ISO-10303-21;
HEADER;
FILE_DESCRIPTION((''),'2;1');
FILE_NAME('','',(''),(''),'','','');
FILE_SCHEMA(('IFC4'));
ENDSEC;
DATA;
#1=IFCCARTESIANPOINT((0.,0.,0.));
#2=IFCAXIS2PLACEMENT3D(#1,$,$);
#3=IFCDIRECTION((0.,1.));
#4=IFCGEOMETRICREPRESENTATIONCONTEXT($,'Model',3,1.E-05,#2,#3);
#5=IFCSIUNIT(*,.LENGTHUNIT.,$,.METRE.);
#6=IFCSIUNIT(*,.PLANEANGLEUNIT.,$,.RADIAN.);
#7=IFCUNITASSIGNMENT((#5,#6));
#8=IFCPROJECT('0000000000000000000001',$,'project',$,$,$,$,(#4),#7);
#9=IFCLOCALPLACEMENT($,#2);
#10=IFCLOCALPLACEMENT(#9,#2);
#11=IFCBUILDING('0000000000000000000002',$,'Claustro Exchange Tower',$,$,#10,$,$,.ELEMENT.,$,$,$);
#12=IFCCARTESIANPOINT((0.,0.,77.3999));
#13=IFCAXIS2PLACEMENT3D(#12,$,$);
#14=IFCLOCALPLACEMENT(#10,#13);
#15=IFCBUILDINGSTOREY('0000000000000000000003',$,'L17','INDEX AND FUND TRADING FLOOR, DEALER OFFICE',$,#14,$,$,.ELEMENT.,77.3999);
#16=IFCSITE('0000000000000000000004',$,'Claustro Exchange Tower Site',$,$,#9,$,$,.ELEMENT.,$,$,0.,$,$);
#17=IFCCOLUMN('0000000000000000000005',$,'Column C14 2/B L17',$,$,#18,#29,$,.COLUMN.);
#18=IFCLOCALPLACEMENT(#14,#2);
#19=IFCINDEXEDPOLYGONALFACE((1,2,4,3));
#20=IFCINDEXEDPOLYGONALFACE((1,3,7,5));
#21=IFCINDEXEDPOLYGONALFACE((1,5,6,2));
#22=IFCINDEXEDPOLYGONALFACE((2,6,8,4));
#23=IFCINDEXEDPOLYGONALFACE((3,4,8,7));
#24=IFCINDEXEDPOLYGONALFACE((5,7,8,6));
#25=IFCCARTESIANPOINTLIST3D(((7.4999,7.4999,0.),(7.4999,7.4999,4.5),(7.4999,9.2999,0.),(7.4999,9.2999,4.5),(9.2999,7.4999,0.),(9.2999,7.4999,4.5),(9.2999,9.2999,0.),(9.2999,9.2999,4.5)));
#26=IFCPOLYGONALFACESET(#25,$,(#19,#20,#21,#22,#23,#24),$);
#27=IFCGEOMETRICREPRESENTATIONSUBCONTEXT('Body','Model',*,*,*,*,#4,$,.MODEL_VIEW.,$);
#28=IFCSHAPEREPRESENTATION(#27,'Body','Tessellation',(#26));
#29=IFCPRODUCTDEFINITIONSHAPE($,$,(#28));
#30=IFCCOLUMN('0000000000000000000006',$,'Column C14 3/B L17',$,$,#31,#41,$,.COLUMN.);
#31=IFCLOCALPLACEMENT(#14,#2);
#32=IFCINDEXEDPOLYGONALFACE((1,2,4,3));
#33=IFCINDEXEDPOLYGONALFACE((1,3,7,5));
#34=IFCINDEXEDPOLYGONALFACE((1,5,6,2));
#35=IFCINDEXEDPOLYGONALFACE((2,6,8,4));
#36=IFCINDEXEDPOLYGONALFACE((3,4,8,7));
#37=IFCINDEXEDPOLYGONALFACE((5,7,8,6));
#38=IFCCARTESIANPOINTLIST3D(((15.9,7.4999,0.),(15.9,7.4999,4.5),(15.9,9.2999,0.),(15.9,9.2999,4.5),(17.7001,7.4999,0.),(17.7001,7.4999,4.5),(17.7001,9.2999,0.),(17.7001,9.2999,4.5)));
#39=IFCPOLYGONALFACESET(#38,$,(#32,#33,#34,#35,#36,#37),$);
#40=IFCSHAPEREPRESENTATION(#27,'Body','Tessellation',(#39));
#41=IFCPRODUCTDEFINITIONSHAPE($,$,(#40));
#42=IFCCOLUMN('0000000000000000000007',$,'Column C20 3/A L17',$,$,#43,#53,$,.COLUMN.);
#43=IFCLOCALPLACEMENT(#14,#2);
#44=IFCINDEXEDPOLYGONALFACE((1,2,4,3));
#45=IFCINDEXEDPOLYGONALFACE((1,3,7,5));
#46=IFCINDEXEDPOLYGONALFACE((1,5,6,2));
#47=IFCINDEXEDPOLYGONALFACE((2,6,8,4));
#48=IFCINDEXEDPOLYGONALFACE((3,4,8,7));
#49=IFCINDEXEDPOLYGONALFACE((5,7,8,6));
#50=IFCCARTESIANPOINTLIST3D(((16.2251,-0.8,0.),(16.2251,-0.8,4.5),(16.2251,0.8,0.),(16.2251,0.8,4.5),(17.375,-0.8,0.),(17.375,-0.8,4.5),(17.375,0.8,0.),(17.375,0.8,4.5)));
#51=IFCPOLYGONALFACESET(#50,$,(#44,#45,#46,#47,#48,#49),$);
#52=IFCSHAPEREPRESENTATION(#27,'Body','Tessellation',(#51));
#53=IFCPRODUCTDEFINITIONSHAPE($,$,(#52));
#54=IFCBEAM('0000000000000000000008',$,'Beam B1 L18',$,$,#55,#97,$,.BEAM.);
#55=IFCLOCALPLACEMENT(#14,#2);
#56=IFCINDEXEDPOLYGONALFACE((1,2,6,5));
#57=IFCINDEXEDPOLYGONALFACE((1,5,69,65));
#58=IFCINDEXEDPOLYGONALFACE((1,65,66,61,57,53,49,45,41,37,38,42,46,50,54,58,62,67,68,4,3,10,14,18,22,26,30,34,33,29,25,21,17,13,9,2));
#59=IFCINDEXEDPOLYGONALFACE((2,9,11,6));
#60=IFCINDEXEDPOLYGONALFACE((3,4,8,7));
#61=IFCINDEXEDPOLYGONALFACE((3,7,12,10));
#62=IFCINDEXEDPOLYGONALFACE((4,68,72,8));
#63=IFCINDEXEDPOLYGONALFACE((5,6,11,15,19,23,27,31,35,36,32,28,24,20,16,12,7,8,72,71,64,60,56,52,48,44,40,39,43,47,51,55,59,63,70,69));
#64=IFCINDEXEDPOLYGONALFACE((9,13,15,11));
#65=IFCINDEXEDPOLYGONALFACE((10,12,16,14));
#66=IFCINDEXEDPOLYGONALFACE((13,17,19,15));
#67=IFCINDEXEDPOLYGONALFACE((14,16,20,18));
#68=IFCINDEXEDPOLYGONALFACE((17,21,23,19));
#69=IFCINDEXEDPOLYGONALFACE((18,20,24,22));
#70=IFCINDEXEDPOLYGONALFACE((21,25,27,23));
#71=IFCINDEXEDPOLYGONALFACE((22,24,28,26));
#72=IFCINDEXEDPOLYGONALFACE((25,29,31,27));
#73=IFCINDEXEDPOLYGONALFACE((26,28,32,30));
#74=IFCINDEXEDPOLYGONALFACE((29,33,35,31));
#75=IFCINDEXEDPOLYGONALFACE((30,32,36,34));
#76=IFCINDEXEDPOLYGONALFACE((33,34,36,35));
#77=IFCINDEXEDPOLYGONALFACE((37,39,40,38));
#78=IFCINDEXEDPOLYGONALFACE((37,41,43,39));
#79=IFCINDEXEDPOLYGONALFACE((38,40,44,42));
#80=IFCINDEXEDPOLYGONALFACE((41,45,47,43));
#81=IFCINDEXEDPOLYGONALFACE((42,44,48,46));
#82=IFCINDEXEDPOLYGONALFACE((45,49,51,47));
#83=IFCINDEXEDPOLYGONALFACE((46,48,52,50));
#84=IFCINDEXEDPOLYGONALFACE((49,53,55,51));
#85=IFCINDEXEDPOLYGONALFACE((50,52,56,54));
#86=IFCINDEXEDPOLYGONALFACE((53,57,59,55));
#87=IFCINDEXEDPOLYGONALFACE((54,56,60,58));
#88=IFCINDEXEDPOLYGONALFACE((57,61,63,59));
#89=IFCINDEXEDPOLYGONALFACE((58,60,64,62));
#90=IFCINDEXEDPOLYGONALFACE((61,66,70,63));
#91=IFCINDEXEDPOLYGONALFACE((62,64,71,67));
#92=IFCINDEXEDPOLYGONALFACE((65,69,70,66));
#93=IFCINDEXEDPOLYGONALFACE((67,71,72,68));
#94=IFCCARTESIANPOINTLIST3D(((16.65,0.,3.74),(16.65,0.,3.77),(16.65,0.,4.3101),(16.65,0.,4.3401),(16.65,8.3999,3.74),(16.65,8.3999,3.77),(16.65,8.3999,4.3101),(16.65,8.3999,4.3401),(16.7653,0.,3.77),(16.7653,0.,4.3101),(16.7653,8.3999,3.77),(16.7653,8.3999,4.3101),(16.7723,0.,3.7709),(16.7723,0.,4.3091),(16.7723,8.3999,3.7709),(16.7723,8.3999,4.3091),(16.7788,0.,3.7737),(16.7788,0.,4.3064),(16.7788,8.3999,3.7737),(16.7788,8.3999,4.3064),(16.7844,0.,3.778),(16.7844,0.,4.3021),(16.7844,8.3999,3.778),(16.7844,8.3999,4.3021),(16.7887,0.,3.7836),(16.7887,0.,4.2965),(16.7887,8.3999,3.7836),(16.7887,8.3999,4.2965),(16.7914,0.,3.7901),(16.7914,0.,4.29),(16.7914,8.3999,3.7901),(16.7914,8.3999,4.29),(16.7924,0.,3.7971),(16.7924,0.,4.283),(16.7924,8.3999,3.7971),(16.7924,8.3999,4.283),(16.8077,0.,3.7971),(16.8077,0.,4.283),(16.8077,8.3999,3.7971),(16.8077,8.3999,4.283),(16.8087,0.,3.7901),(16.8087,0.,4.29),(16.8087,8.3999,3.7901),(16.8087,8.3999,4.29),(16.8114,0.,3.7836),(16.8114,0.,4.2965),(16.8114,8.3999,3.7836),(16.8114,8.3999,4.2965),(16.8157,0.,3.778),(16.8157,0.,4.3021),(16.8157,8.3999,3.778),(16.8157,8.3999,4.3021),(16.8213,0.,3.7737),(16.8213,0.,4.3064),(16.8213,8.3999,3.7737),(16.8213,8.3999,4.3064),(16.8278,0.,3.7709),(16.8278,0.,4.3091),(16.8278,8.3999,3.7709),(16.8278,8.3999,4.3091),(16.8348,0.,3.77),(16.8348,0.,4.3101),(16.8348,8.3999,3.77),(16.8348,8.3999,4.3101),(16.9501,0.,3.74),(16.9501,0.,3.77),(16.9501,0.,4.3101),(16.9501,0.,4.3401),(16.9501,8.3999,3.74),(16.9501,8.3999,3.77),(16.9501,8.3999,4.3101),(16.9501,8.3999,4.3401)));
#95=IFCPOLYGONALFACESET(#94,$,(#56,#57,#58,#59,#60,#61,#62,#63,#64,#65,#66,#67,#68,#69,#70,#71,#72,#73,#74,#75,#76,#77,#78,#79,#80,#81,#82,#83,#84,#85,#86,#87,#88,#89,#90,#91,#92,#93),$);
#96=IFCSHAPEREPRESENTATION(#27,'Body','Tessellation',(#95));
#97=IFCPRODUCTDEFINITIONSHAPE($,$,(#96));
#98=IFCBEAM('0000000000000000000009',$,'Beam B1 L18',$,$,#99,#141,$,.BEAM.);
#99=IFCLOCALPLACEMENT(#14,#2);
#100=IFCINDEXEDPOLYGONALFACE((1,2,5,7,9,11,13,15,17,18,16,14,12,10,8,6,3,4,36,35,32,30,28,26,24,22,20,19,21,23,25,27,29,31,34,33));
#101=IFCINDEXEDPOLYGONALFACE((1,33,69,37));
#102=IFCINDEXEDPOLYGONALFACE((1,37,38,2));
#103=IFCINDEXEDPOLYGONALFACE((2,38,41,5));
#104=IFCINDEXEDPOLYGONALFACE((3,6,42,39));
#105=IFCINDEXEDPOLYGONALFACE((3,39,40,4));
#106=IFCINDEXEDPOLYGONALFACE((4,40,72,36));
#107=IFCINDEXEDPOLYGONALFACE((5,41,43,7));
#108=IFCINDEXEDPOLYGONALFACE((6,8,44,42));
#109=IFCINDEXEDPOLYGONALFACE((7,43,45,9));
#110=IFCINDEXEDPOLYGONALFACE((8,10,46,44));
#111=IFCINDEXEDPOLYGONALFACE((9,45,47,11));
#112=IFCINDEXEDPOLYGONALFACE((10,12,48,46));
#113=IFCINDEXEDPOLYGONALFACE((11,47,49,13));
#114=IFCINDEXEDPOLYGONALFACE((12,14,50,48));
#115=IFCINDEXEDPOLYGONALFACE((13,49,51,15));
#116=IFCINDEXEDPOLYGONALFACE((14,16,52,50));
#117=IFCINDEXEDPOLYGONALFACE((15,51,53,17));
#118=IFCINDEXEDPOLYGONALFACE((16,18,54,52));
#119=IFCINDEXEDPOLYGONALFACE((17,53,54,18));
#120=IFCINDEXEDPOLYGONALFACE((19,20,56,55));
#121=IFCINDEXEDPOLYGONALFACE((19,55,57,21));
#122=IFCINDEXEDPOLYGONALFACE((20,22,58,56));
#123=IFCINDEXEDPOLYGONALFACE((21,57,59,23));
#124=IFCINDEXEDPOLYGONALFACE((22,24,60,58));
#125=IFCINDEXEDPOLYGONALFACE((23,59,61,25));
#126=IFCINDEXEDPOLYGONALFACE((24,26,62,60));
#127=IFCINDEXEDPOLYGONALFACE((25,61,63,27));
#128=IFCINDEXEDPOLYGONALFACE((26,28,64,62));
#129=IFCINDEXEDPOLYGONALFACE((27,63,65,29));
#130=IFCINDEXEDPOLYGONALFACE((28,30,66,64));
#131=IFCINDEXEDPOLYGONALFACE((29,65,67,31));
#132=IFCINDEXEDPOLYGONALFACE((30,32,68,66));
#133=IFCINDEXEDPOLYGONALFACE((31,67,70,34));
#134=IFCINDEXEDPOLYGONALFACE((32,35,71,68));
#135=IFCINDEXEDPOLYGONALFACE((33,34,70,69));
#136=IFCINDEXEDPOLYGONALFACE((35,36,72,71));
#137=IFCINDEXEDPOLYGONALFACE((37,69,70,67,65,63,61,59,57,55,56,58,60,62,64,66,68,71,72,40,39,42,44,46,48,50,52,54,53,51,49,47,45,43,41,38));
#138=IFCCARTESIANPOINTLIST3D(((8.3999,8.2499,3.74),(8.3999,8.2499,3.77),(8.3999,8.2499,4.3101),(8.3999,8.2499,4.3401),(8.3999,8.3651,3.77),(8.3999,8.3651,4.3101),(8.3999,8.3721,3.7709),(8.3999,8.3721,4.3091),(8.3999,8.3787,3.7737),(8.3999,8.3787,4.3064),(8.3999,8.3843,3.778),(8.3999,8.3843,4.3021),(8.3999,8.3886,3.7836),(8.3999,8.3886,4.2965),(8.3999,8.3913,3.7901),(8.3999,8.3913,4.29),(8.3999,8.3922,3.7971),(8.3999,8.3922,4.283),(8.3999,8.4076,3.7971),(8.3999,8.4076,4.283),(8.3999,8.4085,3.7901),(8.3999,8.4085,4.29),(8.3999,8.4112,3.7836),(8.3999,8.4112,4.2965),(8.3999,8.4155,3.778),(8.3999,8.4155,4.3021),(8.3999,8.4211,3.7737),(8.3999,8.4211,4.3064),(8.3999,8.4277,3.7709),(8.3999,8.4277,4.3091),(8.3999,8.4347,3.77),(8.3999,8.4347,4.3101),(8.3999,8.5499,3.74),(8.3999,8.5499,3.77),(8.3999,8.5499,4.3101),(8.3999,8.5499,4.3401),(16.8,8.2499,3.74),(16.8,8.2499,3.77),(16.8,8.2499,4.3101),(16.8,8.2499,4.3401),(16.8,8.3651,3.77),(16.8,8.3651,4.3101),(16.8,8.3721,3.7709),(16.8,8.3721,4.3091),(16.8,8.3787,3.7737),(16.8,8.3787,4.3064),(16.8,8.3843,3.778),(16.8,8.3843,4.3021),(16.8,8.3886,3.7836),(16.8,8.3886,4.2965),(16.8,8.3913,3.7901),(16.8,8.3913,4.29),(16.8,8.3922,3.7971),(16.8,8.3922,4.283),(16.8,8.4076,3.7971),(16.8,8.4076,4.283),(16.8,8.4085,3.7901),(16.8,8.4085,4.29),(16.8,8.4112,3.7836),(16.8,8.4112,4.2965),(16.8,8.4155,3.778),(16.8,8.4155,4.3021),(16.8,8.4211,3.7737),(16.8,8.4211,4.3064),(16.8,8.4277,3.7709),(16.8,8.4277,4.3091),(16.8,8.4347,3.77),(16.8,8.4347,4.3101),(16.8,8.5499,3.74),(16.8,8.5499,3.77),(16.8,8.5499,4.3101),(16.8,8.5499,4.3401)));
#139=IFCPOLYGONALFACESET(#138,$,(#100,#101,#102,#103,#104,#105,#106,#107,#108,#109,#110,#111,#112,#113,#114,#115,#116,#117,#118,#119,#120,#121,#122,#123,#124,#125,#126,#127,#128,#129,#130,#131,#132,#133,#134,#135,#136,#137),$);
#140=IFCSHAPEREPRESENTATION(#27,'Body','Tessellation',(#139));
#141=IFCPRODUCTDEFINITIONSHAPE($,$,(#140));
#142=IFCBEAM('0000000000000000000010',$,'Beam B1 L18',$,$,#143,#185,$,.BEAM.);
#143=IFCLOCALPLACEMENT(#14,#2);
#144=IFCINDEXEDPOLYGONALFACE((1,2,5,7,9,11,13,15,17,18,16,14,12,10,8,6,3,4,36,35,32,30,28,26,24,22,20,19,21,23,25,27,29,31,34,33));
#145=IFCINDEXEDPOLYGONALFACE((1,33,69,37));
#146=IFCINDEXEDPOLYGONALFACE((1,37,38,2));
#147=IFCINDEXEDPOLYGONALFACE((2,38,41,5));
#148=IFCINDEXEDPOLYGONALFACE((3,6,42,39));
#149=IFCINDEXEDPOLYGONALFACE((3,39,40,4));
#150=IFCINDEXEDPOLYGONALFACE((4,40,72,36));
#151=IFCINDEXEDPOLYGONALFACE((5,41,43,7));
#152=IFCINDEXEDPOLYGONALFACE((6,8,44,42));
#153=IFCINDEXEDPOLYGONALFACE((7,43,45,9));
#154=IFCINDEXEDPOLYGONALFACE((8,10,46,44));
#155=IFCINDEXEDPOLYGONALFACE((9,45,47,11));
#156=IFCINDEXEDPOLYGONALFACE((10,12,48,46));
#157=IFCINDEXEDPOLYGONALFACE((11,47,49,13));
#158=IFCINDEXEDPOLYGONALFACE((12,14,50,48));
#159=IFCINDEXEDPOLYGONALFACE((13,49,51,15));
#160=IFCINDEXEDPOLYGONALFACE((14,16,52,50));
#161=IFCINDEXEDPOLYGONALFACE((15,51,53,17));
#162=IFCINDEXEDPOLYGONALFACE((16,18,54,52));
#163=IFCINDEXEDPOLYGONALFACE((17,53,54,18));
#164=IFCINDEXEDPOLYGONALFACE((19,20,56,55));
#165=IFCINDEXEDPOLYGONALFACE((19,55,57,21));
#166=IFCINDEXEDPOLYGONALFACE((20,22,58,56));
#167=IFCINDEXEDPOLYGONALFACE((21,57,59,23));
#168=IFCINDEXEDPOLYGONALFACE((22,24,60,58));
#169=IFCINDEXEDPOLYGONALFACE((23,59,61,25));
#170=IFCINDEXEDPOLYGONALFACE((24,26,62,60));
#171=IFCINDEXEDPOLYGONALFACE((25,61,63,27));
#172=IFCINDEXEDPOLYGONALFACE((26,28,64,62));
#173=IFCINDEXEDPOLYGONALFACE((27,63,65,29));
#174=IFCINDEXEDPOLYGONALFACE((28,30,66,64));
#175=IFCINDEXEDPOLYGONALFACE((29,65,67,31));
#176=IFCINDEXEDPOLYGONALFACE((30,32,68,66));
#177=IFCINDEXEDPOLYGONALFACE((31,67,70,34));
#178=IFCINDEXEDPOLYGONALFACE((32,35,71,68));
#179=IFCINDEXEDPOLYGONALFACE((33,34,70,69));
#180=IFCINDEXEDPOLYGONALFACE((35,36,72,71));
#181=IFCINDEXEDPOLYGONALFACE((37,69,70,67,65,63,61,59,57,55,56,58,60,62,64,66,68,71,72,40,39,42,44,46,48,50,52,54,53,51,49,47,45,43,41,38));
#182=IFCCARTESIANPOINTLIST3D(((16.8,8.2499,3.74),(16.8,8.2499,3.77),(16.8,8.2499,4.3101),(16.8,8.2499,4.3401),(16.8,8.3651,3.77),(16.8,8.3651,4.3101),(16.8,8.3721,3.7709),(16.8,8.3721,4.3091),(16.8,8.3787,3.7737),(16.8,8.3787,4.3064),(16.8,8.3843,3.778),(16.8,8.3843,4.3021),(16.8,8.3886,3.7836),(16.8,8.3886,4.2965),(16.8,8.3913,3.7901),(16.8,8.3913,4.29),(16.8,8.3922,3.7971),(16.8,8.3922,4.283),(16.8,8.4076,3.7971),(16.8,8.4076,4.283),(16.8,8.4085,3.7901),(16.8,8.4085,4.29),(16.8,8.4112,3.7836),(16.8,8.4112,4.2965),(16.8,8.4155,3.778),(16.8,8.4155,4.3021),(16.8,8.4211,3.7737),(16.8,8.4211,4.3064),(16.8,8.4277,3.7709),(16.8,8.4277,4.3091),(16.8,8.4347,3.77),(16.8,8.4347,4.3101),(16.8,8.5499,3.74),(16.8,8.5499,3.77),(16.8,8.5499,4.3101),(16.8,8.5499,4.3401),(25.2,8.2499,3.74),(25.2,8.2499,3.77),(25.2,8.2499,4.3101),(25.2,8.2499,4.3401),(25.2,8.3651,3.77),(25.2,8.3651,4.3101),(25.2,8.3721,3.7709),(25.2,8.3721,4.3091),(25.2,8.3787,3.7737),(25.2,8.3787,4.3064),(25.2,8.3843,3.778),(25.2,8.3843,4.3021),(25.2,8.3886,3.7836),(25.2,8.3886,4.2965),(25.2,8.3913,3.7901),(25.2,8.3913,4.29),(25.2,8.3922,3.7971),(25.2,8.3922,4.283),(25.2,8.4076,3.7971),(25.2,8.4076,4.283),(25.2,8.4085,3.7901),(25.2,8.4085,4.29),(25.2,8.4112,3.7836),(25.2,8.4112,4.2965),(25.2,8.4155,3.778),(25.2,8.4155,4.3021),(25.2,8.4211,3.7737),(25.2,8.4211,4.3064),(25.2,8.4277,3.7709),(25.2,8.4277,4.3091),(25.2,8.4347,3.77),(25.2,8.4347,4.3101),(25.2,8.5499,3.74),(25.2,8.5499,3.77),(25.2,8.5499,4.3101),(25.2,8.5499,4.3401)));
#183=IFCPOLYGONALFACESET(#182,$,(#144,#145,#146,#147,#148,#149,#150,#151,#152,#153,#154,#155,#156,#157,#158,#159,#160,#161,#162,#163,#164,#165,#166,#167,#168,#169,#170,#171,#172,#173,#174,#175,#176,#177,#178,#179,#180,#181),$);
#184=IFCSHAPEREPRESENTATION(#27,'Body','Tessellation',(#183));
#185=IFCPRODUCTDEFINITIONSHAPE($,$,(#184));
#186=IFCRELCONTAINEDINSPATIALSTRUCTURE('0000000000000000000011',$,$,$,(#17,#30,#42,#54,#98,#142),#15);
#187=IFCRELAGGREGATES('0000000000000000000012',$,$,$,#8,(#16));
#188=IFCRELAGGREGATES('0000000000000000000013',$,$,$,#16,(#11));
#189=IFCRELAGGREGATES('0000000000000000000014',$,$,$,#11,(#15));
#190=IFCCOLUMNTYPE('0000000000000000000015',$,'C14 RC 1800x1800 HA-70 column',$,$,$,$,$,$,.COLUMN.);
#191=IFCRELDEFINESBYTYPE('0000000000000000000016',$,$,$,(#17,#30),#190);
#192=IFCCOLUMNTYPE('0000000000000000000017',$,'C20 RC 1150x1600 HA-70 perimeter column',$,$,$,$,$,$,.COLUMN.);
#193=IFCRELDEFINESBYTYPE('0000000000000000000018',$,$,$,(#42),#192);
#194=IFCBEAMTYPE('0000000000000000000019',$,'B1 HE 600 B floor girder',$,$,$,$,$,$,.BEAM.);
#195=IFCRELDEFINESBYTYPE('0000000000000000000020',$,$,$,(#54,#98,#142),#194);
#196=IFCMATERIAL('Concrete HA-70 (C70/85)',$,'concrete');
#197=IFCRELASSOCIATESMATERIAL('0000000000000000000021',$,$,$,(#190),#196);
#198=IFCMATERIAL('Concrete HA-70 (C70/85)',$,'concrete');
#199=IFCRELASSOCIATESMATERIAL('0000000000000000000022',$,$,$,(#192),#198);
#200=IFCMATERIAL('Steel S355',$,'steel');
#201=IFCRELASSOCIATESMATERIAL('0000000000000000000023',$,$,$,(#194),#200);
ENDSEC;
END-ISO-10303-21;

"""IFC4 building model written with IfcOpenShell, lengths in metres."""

from ifc_helpers import new_model, si_unit, direction, frame, origin, origin_2d, place, context, subcontext, project, spatial, rectangle, i_section, extrude, material, material_profile, profile_set, type_object, element, save


model = new_model("IFC4")

# Units and contexts
model_context = context("Model", 3, precision=1e-05, world=origin(), true_north=direction((0.0, 1.0)))
body_context = subcontext(model_context, "Body", "Model", "MODEL_VIEW")
ifc_project = project(units=[si_unit("LENGTHUNIT", "METRE"), si_unit("PLANEANGLEUNIT", "RADIAN")], contexts=[model_context])

# Site, building, storey
site_placement = place(None, origin())
site = spatial("IfcSite", under=ifc_project, at=site_placement, Name="Claustro Exchange Tower Site", CompositionType="ELEMENT", RefElevation=0.0)
building_placement = place(site_placement, origin())
building = spatial("IfcBuilding", under=site, at=building_placement, Name="Claustro Exchange Tower", CompositionType="ELEMENT")
storey_placement = place(building_placement, frame((0.0, 0.0, 77.3999)))
storey = spatial("IfcBuildingStorey", under=building, at=storey_placement, Name="L17", Description="INDEX AND FUND TRADING FLOOR, DEALER OFFICE", CompositionType="ELEMENT", Elevation=77.3999)

# Columns
ifc_material_1 = material(Name="Concrete HA-70 (C70/85)", Category="concrete")
ifc_material_profile_1 = material_profile(ifc_material_1, rectangle(XDim=1.8, YDim=1.8, at=origin_2d()), Name="RC 1800x1800")
ifc_profile_set_1 = profile_set([ifc_material_profile_1], Name="Concrete HA-70 (C70/85)")
column_type_1 = type_object("IfcColumnType", Name="C14 RC 1800x1800 HA-70 column", PredefinedType="COLUMN", material=ifc_profile_set_1)
for number, where, z_axis, x_axis, name in (
    (1, (8.3999, 8.3999, 0.0), (0.0, 0.0, 1.0), (1.0, 0.0, 0.0), "Column C14 2/B L17"),
    (2, (16.8, 8.3999, 0.0), (0.0, 0.0, 1.0), (1.0, 0.0, 0.0), "Column C14 3/B L17"),
):
    element("IfcColumn", number, at=place(storey_placement, frame(where, z_axis=z_axis, x_axis=x_axis)), inside=storey, type_object=column_type_1, Name=name, PredefinedType="COLUMN", context=body_context, shape_type="SweptSolid", body=[
        extrude(rectangle(XDim=1.8, YDim=1.8, at=origin_2d()), origin(), (0.0, 0.0, 1.0), 4.5),
    ])
ifc_material_2 = material(Name="Concrete HA-70 (C70/85)", Category="concrete")
ifc_material_profile_2 = material_profile(ifc_material_2, rectangle(XDim=1.1499, YDim=1.6001, at=origin_2d()), Name="RC 1150x1600")
ifc_profile_set_2 = profile_set([ifc_material_profile_2], Name="Concrete HA-70 (C70/85)")
column_type_2 = type_object("IfcColumnType", Name="C20 RC 1150x1600 HA-70 perimeter column", PredefinedType="COLUMN", material=ifc_profile_set_2)
column_placement = place(storey_placement, frame((16.8, 0.0, 0.0), z_axis=(0.0, 0.0, 1.0), x_axis=(1.0, 0.0, 0.0)))
element("IfcColumn", 3, at=column_placement, inside=storey, type_object=column_type_2, Name="Column C20 3/A L17", PredefinedType="COLUMN", context=body_context, shape_type="SweptSolid", body=[
    extrude(rectangle(XDim=1.1499, YDim=1.6001, at=origin_2d()), origin(), (0.0, 0.0, 1.0), 4.5),
])

# Beams
ifc_material_3 = material(Name="Steel S355", Category="steel")
ifc_material_profile_3 = material_profile(ifc_material_3, i_section(OverallWidth=0.3, OverallDepth=0.6001, WebThickness=0.0154, FlangeThickness=0.03, FilletRadius=0.0271, at=origin_2d()), Name="HE 600 B")
ifc_profile_set_3 = profile_set([ifc_material_profile_3], Name="Steel S355")
beam_type_1 = type_object("IfcBeamType", Name="B1 HE 600 B floor girder", PredefinedType="BEAM", material=ifc_profile_set_3)
beam_1_placement = place(storey_placement, frame((16.8, 0.0, 4.04), z_axis=(0.0, 1.0, 0.0), x_axis=(-1.0, 0.0, 0.0)))
element("IfcBeam", 4, at=beam_1_placement, inside=storey, type_object=beam_type_1, Name="Beam B1 L18", PredefinedType="BEAM", context=body_context, shape_type="SweptSolid", body=[
    extrude(i_section(OverallWidth=0.3, OverallDepth=0.6001, WebThickness=0.0154, FlangeThickness=0.03, FilletRadius=0.0271, at=origin_2d()), origin(), (0.0, 0.0, 1.0), 8.3999),
])
beam_2_placement = place(storey_placement, frame((8.3999, 8.3999, 4.04), z_axis=(1.0, 0.0, 0.0), x_axis=(0.0, 1.0, 0.0)))
element("IfcBeam", 5, at=beam_2_placement, inside=storey, type_object=beam_type_1, Name="Beam B1 L18", PredefinedType="BEAM", context=body_context, shape_type="SweptSolid", body=[
    extrude(i_section(OverallWidth=0.3, OverallDepth=0.6001, WebThickness=0.0154, FlangeThickness=0.03, FilletRadius=0.0271, at=origin_2d()), origin(), (0.0, 0.0, 1.0), 8.4001),
])
beam_3_placement = place(storey_placement, frame((16.8, 8.3999, 4.04), z_axis=(1.0, 0.0, 0.0), x_axis=(0.0, 1.0, 0.0)))
element("IfcBeam", 6, at=beam_3_placement, inside=storey, type_object=beam_type_1, Name="Beam B1 L18", PredefinedType="BEAM", context=body_context, shape_type="SweptSolid", body=[
    extrude(i_section(OverallWidth=0.3, OverallDepth=0.6001, WebThickness=0.0154, FlangeThickness=0.03, FilletRadius=0.0271, at=origin_2d()), origin(), (0.0, 0.0, 1.0), 8.3999),
])

save(model, "model.ifc")
